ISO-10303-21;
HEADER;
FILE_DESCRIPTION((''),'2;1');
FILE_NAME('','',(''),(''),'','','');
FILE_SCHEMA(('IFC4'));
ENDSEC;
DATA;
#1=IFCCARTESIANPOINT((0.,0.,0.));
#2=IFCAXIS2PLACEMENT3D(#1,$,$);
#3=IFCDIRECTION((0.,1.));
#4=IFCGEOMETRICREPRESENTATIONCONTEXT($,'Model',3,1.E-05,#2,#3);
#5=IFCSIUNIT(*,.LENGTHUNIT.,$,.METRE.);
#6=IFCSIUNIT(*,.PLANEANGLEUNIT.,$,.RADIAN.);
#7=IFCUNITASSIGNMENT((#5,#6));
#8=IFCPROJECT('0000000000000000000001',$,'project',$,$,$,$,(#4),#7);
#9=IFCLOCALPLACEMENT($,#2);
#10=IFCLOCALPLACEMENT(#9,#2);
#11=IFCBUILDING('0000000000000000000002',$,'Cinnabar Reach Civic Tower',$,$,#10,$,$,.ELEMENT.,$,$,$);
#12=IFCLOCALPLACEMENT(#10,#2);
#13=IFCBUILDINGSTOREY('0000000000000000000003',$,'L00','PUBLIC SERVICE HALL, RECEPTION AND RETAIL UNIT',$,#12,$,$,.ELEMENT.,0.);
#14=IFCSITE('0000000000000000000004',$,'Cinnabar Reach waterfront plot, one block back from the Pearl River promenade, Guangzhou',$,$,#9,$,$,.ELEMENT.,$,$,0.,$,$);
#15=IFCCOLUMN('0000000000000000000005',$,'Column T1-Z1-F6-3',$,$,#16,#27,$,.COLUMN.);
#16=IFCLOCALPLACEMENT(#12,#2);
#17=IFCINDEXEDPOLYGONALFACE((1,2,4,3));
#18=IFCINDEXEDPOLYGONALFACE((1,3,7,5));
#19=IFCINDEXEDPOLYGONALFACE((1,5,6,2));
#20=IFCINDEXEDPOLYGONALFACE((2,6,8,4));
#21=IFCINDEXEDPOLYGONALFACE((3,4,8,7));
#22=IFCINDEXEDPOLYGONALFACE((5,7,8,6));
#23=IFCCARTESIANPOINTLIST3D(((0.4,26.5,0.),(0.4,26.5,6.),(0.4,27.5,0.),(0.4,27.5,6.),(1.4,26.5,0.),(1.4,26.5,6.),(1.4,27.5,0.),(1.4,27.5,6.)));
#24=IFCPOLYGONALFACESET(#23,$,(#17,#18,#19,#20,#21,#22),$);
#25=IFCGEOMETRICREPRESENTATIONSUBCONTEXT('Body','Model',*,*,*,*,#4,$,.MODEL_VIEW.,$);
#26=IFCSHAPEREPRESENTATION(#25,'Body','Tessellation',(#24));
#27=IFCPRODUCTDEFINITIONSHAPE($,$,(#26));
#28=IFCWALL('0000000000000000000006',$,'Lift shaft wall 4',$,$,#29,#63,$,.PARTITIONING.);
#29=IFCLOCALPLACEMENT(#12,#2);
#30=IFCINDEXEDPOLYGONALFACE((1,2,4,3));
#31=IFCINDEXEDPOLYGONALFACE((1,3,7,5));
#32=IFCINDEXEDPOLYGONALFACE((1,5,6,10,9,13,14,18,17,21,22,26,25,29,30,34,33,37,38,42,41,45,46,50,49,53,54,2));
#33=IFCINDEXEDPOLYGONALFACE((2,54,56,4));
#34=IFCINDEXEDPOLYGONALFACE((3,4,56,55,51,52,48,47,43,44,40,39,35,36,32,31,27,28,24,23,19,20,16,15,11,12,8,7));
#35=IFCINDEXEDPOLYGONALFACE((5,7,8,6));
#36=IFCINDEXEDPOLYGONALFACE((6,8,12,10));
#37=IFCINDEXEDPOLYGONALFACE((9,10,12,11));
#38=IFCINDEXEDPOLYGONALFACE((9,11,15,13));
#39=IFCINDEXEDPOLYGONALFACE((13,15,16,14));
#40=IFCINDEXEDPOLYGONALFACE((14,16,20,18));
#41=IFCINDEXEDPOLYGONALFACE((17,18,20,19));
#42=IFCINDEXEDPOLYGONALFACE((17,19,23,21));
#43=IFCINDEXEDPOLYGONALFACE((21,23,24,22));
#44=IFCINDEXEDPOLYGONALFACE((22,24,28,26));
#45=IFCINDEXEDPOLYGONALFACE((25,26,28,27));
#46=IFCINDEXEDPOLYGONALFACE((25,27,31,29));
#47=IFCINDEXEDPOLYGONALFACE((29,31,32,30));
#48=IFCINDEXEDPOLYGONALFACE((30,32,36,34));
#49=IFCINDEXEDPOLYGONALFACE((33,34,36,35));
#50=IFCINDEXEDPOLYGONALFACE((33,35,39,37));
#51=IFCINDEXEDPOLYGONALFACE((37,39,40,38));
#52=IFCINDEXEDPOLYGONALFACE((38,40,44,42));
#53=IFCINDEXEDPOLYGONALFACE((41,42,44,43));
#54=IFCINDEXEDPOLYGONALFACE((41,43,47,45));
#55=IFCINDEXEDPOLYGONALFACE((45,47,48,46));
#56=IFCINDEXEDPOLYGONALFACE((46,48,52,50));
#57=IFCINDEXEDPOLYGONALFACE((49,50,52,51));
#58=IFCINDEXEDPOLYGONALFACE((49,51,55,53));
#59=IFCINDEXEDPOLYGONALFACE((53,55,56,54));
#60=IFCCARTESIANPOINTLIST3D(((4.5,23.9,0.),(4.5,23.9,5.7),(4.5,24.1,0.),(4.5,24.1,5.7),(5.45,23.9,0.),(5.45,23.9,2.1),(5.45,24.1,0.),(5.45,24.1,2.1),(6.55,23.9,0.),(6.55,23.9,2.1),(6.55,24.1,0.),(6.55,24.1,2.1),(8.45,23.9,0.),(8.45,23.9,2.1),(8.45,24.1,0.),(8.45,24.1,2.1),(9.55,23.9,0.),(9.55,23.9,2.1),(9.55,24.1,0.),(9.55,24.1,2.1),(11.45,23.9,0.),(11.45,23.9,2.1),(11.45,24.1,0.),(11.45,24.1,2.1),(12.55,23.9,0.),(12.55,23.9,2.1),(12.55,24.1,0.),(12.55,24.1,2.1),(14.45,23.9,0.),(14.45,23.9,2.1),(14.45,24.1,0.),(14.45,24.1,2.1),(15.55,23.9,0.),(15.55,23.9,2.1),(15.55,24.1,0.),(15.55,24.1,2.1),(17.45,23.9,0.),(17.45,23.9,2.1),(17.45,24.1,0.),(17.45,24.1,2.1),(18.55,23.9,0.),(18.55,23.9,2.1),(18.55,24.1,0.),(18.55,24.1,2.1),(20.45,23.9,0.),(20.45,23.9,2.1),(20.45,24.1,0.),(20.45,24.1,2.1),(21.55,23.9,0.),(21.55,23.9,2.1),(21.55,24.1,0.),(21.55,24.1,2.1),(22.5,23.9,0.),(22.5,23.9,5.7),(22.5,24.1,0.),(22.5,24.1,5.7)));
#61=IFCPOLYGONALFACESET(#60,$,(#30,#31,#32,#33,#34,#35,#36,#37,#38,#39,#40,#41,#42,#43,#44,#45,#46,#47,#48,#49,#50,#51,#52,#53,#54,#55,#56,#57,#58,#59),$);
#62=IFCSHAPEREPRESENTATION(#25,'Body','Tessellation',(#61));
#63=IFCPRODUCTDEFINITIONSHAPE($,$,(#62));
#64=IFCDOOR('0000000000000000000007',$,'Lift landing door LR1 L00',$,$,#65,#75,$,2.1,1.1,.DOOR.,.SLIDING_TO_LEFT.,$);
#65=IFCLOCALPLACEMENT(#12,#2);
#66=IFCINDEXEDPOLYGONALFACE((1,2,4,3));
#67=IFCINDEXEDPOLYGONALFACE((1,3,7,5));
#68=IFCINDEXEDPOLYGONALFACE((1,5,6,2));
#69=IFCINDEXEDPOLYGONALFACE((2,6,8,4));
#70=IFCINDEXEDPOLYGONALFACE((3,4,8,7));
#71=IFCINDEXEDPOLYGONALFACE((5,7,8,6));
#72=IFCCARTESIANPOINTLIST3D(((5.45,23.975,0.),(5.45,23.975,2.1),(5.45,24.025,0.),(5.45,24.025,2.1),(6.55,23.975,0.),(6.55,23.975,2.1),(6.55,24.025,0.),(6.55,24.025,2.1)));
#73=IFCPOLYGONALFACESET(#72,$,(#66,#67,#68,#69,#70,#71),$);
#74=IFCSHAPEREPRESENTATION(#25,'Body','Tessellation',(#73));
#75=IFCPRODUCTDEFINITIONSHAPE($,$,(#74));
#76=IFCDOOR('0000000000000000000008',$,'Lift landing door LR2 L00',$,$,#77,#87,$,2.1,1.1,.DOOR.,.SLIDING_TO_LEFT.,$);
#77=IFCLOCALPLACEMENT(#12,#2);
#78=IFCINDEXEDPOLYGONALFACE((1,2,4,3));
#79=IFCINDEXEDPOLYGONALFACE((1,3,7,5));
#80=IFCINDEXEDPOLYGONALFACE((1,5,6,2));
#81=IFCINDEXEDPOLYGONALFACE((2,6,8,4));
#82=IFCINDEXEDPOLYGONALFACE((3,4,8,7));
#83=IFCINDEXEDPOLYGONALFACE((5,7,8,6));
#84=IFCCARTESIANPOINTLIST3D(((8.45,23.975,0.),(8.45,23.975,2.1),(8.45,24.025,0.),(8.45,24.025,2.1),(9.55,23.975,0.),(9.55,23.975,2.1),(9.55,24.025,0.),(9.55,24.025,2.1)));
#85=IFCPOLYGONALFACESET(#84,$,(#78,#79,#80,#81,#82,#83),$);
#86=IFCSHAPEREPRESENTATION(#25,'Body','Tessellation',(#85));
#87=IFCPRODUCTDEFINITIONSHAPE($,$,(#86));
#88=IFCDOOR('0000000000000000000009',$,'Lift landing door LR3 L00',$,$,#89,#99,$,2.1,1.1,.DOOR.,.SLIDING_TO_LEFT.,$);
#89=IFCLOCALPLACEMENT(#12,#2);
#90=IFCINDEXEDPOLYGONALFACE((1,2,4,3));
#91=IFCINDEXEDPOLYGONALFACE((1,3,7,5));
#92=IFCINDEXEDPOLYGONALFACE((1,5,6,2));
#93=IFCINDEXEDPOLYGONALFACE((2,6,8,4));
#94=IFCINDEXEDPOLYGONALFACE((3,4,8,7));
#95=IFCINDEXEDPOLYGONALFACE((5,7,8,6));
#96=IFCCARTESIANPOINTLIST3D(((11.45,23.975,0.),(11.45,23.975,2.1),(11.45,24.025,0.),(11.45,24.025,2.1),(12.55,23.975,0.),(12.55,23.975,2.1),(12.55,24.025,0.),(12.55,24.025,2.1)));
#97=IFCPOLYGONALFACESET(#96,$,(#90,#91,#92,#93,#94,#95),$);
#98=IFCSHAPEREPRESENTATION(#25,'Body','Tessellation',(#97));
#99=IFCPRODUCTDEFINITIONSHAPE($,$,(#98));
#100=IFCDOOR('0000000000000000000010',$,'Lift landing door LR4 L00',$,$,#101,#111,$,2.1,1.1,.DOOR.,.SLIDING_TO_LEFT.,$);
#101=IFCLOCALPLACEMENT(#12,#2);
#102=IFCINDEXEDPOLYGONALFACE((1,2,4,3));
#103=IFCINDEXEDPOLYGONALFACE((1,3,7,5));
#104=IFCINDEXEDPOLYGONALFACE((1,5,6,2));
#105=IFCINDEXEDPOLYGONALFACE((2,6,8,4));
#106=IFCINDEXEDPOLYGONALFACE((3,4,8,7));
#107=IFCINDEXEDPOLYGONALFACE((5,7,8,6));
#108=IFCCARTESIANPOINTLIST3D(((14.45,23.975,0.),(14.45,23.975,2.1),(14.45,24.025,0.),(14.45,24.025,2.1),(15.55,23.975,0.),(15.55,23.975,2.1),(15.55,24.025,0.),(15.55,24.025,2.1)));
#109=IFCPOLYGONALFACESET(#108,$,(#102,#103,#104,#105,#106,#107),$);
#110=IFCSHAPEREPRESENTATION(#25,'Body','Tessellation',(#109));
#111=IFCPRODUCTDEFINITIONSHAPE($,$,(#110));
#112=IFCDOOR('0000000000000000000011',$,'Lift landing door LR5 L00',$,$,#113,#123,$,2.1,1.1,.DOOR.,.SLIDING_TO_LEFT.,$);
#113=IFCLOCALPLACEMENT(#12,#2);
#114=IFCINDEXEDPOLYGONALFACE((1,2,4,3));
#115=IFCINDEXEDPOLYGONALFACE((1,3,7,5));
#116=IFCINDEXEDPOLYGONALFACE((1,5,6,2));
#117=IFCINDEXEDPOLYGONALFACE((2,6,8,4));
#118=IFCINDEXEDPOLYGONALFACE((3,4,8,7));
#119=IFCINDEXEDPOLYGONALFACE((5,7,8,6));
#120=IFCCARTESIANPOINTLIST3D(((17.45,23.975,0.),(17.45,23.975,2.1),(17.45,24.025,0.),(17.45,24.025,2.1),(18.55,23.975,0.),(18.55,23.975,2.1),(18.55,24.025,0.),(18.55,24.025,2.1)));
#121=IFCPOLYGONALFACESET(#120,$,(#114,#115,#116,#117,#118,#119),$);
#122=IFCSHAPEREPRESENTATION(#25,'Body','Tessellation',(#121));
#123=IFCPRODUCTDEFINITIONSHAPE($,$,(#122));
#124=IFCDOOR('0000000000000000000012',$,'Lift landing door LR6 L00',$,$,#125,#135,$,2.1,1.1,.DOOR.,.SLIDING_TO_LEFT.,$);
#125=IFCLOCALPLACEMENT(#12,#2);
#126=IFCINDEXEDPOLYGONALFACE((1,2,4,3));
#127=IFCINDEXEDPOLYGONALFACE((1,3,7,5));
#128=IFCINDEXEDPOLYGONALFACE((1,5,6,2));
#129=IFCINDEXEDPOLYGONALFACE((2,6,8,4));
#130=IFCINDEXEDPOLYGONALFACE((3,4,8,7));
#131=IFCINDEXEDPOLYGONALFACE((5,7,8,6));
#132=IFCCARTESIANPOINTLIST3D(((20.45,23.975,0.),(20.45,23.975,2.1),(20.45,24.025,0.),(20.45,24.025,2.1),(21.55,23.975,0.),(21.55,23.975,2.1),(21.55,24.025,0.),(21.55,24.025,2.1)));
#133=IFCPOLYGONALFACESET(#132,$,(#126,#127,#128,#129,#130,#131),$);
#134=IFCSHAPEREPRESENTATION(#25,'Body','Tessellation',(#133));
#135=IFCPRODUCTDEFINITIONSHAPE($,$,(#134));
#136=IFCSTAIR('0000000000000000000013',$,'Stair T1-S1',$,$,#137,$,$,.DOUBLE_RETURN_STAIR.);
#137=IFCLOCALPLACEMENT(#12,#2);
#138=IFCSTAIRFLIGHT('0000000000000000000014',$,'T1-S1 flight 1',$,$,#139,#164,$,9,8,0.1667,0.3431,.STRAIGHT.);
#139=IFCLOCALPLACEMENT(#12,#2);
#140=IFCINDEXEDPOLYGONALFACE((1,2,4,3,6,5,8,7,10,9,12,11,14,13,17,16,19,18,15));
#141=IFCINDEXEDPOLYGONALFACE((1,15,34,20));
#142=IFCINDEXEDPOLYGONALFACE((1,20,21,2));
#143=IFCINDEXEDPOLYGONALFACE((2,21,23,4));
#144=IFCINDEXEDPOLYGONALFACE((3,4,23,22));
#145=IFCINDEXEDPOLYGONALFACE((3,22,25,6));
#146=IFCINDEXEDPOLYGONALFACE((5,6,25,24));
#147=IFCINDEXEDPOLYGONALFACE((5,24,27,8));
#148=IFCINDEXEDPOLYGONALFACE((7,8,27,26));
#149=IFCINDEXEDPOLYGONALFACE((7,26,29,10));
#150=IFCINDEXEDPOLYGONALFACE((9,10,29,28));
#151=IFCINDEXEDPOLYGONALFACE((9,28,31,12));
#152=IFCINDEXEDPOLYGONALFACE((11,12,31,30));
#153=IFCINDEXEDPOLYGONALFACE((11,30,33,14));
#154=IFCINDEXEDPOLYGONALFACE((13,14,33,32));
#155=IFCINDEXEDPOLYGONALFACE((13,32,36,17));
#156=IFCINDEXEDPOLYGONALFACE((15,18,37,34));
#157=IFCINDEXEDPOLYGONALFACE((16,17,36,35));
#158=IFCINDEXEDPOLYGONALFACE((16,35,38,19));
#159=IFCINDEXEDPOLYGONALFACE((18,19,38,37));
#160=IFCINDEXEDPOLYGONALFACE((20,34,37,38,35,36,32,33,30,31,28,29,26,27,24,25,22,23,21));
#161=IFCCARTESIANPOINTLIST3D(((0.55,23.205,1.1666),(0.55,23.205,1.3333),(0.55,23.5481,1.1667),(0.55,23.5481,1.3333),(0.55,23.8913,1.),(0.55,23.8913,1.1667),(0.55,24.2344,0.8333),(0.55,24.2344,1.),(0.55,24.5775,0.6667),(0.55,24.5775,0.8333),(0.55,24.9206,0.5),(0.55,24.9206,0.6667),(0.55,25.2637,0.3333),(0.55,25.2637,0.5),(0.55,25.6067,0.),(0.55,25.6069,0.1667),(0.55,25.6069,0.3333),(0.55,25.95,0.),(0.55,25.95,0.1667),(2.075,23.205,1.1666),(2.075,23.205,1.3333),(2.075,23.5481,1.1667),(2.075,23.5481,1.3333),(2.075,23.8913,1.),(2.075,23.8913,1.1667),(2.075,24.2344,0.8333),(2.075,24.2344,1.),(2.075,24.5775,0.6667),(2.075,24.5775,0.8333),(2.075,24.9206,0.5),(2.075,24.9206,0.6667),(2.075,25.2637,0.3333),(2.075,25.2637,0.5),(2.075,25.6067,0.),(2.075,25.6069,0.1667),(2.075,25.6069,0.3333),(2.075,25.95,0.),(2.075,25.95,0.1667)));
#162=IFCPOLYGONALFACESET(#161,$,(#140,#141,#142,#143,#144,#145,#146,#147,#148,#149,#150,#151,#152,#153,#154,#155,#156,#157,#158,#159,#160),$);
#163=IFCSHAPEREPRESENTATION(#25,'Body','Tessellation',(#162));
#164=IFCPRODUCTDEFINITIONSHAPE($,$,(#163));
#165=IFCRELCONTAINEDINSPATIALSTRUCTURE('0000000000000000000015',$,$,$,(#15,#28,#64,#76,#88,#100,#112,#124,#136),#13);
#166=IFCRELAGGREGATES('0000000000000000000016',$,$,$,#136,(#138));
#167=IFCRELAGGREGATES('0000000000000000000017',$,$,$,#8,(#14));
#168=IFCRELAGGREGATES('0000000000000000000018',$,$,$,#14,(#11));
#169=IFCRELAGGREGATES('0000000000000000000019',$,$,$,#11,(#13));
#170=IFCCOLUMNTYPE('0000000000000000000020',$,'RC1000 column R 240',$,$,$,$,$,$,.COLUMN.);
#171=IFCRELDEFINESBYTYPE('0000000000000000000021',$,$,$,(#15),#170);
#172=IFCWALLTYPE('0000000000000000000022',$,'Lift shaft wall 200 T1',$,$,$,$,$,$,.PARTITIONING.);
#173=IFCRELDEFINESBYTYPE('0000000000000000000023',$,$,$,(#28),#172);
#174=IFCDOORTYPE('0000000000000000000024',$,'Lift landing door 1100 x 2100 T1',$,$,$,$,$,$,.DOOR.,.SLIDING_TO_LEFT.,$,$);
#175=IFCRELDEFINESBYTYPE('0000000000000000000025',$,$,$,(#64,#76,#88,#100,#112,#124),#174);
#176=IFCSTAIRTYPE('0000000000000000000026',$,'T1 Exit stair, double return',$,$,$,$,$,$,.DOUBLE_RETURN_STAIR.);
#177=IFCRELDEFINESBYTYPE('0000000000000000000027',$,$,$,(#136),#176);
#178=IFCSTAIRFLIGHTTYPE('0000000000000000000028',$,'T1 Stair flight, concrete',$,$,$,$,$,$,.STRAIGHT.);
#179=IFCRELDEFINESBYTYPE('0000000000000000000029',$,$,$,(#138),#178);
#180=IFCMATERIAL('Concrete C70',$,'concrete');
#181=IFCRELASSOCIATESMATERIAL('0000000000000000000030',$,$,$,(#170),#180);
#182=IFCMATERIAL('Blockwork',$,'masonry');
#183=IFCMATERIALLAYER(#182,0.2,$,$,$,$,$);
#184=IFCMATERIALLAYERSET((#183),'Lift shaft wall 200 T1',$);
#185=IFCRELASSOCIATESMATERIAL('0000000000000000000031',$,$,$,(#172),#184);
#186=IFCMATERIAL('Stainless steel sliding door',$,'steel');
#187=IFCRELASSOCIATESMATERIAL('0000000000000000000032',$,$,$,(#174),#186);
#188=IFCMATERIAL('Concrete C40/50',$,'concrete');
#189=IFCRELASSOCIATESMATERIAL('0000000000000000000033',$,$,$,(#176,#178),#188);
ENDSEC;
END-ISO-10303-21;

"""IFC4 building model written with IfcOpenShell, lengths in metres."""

from ifc_helpers import new_model, si_unit, direction, frame, frame_2d, origin, origin_2d, place, context, subcontext, project, spatial, polyline, rectangle, outline, extrude, material, layer, layer_set, material_profile, profile_set, type_object, element, fill, aggregate, save


model = new_model("IFC4")

# Units and contexts
model_context = context("Model", 3, precision=1e-05, world=origin(), true_north=direction((0.0, 1.0)))
body_context = subcontext(model_context, "Body", "Model", "MODEL_VIEW")
ifc_project = project(units=[si_unit("LENGTHUNIT", "METRE"), si_unit("PLANEANGLEUNIT", "RADIAN")], contexts=[model_context])

# Site, building, storey
site_placement = place(None, origin())
site = spatial("IfcSite", under=ifc_project, at=site_placement, Name="Cinnabar Reach waterfront plot, one block back from the Pearl River promenade, Guangzhou", CompositionType="ELEMENT", RefElevation=0.0)
building_placement = place(site_placement, origin())
building = spatial("IfcBuilding", under=site, at=building_placement, Name="Cinnabar Reach Civic Tower", CompositionType="ELEMENT")
storey_placement = place(building_placement, origin())
storey = spatial("IfcBuildingStorey", under=building, at=storey_placement, Name="L00", Description="PUBLIC SERVICE HALL, RECEPTION AND RETAIL UNIT", CompositionType="ELEMENT", Elevation=0.0)

# Column
ifc_material_1 = material(Name="Concrete C70", Category="concrete")
ifc_material_profile = material_profile(ifc_material_1, rectangle(XDim=1.0, YDim=1.0, at=origin_2d()), Name="RC1000")
ifc_profile_set = profile_set([ifc_material_profile], Name="Concrete C70")
column_type = type_object("IfcColumnType", Name="RC1000 column R 240", PredefinedType="COLUMN", material=ifc_profile_set)
column_placement = place(storey_placement, frame((0.9, 27.0, 0.0), z_axis=(0.0, 0.0, 1.0), x_axis=(1.0, 0.0, 0.0)))
element("IfcColumn", 1, at=column_placement, inside=storey, type_object=column_type, Name="Column T1-Z1-F6-3", PredefinedType="COLUMN", context=body_context, shape_type="SweptSolid", body=[
    extrude(rectangle(XDim=1.0, YDim=1.0, at=origin_2d()), origin(), (0.0, 0.0, 1.0), 6.0),
])

# Wall, openings, doors
ifc_material_2 = material(Name="Blockwork", Category="masonry")
ifc_layer = layer(ifc_material_2, 0.2)
ifc_layer_set = layer_set([ifc_layer], Name="Lift shaft wall 200 T1")
wall_type = type_object("IfcWallType", Name="Lift shaft wall 200 T1", PredefinedType="PARTITIONING", material=ifc_layer_set)
wall_placement = place(storey_placement, frame((4.5, 24.0, 0.0), z_axis=(0.0, 0.0, 1.0), x_axis=(1.0, 0.0, 0.0)))
wall = element("IfcWall", 2, at=wall_placement, inside=storey, type_object=wall_type, Name="Lift shaft wall 4", PredefinedType="PARTITIONING", context=body_context, shape_type="SweptSolid", body=[
    extrude(rectangle(XDim=18.0, YDim=0.2, at=frame_2d((9.0, 0.0))), origin(), (0.0, 0.0, 1.0), 5.7),
])
opening_1_placement = place(wall_placement, frame((0.95, 0.0, 0.0)))
opening_1 = element("IfcOpeningElement", 3, at=opening_1_placement, cuts=wall, PredefinedType="OPENING", context=body_context, shape_type="SweptSolid", body=[
    extrude(rectangle(XDim=1.1, YDim=2.1, at=frame_2d((0.55, 1.05))), frame((0.0, 0.11, 0.0), z_axis=(0.0, -1.0, 0.0), x_axis=(1.0, 0.0, 0.0)), (0.0, 0.0, 1.0), 0.22),
])
opening_2_placement = place(wall_placement, frame((3.95, 0.0, 0.0)))
opening_2 = element("IfcOpeningElement", 4, at=opening_2_placement, cuts=wall, PredefinedType="OPENING", context=body_context, shape_type="SweptSolid", body=[
    extrude(rectangle(XDim=1.1, YDim=2.1, at=frame_2d((0.55, 1.05))), frame((0.0, 0.11, 0.0), z_axis=(0.0, -1.0, 0.0), x_axis=(1.0, 0.0, 0.0)), (0.0, 0.0, 1.0), 0.22),
])
opening_3_placement = place(wall_placement, frame((6.95, 0.0, 0.0)))
opening_3 = element("IfcOpeningElement", 5, at=opening_3_placement, cuts=wall, PredefinedType="OPENING", context=body_context, shape_type="SweptSolid", body=[
    extrude(rectangle(XDim=1.1, YDim=2.1, at=frame_2d((0.55, 1.05))), frame((0.0, 0.11, 0.0), z_axis=(0.0, -1.0, 0.0), x_axis=(1.0, 0.0, 0.0)), (0.0, 0.0, 1.0), 0.22),
])
opening_4_placement = place(wall_placement, frame((9.95, 0.0, 0.0)))
opening_4 = element("IfcOpeningElement", 6, at=opening_4_placement, cuts=wall, PredefinedType="OPENING", context=body_context, shape_type="SweptSolid", body=[
    extrude(rectangle(XDim=1.1, YDim=2.1, at=frame_2d((0.55, 1.05))), frame((0.0, 0.11, 0.0), z_axis=(0.0, -1.0, 0.0), x_axis=(1.0, 0.0, 0.0)), (0.0, 0.0, 1.0), 0.22),
])
opening_5_placement = place(wall_placement, frame((12.95, 0.0, 0.0)))
opening_5 = element("IfcOpeningElement", 7, at=opening_5_placement, cuts=wall, PredefinedType="OPENING", context=body_context, shape_type="SweptSolid", body=[
    extrude(rectangle(XDim=1.1, YDim=2.1, at=frame_2d((0.55, 1.05))), frame((0.0, 0.11, 0.0), z_axis=(0.0, -1.0, 0.0), x_axis=(1.0, 0.0, 0.0)), (0.0, 0.0, 1.0), 0.22),
])
opening_6_placement = place(wall_placement, frame((15.95, 0.0, 0.0)))
opening_6 = element("IfcOpeningElement", 8, at=opening_6_placement, cuts=wall, PredefinedType="OPENING", context=body_context, shape_type="SweptSolid", body=[
    extrude(rectangle(XDim=1.1, YDim=2.1, at=frame_2d((0.55, 1.05))), frame((0.0, 0.11, 0.0), z_axis=(0.0, -1.0, 0.0), x_axis=(1.0, 0.0, 0.0)), (0.0, 0.0, 1.0), 0.22),
])
ifc_material_3 = material(Name="Stainless steel sliding door", Category="steel")
door_type = type_object("IfcDoorType", Name="Lift landing door 1100 x 2100 T1", OperationType="SLIDING_TO_LEFT", PredefinedType="DOOR", material=ifc_material_3)
door_1_placement = place(opening_1_placement, origin())
door_1 = element("IfcDoor", 9, at=door_1_placement, inside=storey, type_object=door_type, Name="Lift landing door LR1 L00", OperationType="SLIDING_TO_LEFT", OverallHeight=2.1, OverallWidth=1.1, PredefinedType="DOOR", context=body_context, shape_type="SweptSolid", body=[
    extrude(rectangle(XDim=1.1, YDim=2.1, at=frame_2d((0.55, 1.05))), frame((0.0, 0.025, 0.0), z_axis=(0.0, -1.0, 0.0), x_axis=(1.0, 0.0, 0.0)), (0.0, 0.0, 1.0), 0.05),
])
fill(opening_1, door_1)
door_2_placement = place(opening_2_placement, origin())
door_2 = element("IfcDoor", 10, at=door_2_placement, inside=storey, type_object=door_type, Name="Lift landing door LR2 L00", OperationType="SLIDING_TO_LEFT", OverallHeight=2.1, OverallWidth=1.1, PredefinedType="DOOR", context=body_context, shape_type="SweptSolid", body=[
    extrude(rectangle(XDim=1.1, YDim=2.1, at=frame_2d((0.55, 1.05))), frame((0.0, 0.025, 0.0), z_axis=(0.0, -1.0, 0.0), x_axis=(1.0, 0.0, 0.0)), (0.0, 0.0, 1.0), 0.05),
])
fill(opening_2, door_2)
door_3_placement = place(opening_3_placement, origin())
door_3 = element("IfcDoor", 11, at=door_3_placement, inside=storey, type_object=door_type, Name="Lift landing door LR3 L00", OperationType="SLIDING_TO_LEFT", OverallHeight=2.1, OverallWidth=1.1, PredefinedType="DOOR", context=body_context, shape_type="SweptSolid", body=[
    extrude(rectangle(XDim=1.1, YDim=2.1, at=frame_2d((0.55, 1.05))), frame((0.0, 0.025, 0.0), z_axis=(0.0, -1.0, 0.0), x_axis=(1.0, 0.0, 0.0)), (0.0, 0.0, 1.0), 0.05),
])
fill(opening_3, door_3)
door_4_placement = place(opening_4_placement, origin())
door_4 = element("IfcDoor", 12, at=door_4_placement, inside=storey, type_object=door_type, Name="Lift landing door LR4 L00", OperationType="SLIDING_TO_LEFT", OverallHeight=2.1, OverallWidth=1.1, PredefinedType="DOOR", context=body_context, shape_type="SweptSolid", body=[
    extrude(rectangle(XDim=1.1, YDim=2.1, at=frame_2d((0.55, 1.05))), frame((0.0, 0.025, 0.0), z_axis=(0.0, -1.0, 0.0), x_axis=(1.0, 0.0, 0.0)), (0.0, 0.0, 1.0), 0.05),
])
fill(opening_4, door_4)
door_5_placement = place(opening_5_placement, origin())
door_5 = element("IfcDoor", 13, at=door_5_placement, inside=storey, type_object=door_type, Name="Lift landing door LR5 L00", OperationType="SLIDING_TO_LEFT", OverallHeight=2.1, OverallWidth=1.1, PredefinedType="DOOR", context=body_context, shape_type="SweptSolid", body=[
    extrude(rectangle(XDim=1.1, YDim=2.1, at=frame_2d((0.55, 1.05))), frame((0.0, 0.025, 0.0), z_axis=(0.0, -1.0, 0.0), x_axis=(1.0, 0.0, 0.0)), (0.0, 0.0, 1.0), 0.05),
])
fill(opening_5, door_5)
door_6_placement = place(opening_6_placement, origin())
door_6 = element("IfcDoor", 14, at=door_6_placement, inside=storey, type_object=door_type, Name="Lift landing door LR6 L00", OperationType="SLIDING_TO_LEFT", OverallHeight=2.1, OverallWidth=1.1, PredefinedType="DOOR", context=body_context, shape_type="SweptSolid", body=[
    extrude(rectangle(XDim=1.1, YDim=2.1, at=frame_2d((0.55, 1.05))), frame((0.0, 0.025, 0.0), z_axis=(0.0, -1.0, 0.0), x_axis=(1.0, 0.0, 0.0)), (0.0, 0.0, 1.0), 0.05),
])
fill(opening_6, door_6)

# Stair, stair flight
ifc_material_4 = material(Name="Concrete C40/50", Category="concrete")
stair_type = type_object("IfcStairType", Name="T1 Exit stair, double return", PredefinedType="DOUBLE_RETURN_STAIR", material=ifc_material_4)
stair_placement = place(storey_placement, origin())
stair = element("IfcStair", 15, at=stair_placement, inside=storey, type_object=stair_type, Name="Stair T1-S1", PredefinedType="DOUBLE_RETURN_STAIR")
stair_flight_type = type_object("IfcStairFlightType", Name="T1 Stair flight, concrete", PredefinedType="STRAIGHT", material=ifc_material_4)
stair_flight_1_placement = place(storey_placement, frame((1.3125, 25.95, 0.0), z_axis=(0.0, 0.0, 1.0), x_axis=(0.0, -1.0, 0.0)))
stair_flight_1 = element("IfcStairFlight", 16, at=stair_flight_1_placement, type_object=stair_flight_type, Name="T1-S1 flight 1", NumberOfRisers=9, NumberOfTreads=8, PredefinedType="STRAIGHT", RiserHeight=0.1667, TreadLength=0.3431, context=body_context, shape_type="SweptSolid", body=[
    extrude(outline(polyline([(0.0, 0.0), (0.0, 0.1667), (0.3431, 0.1667), (0.3431, 0.3333), (0.6863, 0.3333), (0.6863, 0.5), (1.0294, 0.5), (1.0294, 0.6667), (1.3725, 0.6667), (1.3725, 0.8333), (1.7156, 0.8333), (1.7156, 1.0), (2.0587, 1.0), (2.0587, 1.1667), (2.4019, 1.1667), (2.4019, 1.3333), (2.745, 1.3333), (2.745, 1.5), (2.745, 1.1666), (0.3433, 0.0), (0.0, 0.0)])), frame((0.0, 0.7625, 0.0), z_axis=(0.0, -1.0, 0.0), x_axis=(1.0, 0.0, 0.0)), (0.0, 0.0, 1.0), 1.525),
])
aggregate(stair, [stair_flight_1])

save(model, "model.ifc")
